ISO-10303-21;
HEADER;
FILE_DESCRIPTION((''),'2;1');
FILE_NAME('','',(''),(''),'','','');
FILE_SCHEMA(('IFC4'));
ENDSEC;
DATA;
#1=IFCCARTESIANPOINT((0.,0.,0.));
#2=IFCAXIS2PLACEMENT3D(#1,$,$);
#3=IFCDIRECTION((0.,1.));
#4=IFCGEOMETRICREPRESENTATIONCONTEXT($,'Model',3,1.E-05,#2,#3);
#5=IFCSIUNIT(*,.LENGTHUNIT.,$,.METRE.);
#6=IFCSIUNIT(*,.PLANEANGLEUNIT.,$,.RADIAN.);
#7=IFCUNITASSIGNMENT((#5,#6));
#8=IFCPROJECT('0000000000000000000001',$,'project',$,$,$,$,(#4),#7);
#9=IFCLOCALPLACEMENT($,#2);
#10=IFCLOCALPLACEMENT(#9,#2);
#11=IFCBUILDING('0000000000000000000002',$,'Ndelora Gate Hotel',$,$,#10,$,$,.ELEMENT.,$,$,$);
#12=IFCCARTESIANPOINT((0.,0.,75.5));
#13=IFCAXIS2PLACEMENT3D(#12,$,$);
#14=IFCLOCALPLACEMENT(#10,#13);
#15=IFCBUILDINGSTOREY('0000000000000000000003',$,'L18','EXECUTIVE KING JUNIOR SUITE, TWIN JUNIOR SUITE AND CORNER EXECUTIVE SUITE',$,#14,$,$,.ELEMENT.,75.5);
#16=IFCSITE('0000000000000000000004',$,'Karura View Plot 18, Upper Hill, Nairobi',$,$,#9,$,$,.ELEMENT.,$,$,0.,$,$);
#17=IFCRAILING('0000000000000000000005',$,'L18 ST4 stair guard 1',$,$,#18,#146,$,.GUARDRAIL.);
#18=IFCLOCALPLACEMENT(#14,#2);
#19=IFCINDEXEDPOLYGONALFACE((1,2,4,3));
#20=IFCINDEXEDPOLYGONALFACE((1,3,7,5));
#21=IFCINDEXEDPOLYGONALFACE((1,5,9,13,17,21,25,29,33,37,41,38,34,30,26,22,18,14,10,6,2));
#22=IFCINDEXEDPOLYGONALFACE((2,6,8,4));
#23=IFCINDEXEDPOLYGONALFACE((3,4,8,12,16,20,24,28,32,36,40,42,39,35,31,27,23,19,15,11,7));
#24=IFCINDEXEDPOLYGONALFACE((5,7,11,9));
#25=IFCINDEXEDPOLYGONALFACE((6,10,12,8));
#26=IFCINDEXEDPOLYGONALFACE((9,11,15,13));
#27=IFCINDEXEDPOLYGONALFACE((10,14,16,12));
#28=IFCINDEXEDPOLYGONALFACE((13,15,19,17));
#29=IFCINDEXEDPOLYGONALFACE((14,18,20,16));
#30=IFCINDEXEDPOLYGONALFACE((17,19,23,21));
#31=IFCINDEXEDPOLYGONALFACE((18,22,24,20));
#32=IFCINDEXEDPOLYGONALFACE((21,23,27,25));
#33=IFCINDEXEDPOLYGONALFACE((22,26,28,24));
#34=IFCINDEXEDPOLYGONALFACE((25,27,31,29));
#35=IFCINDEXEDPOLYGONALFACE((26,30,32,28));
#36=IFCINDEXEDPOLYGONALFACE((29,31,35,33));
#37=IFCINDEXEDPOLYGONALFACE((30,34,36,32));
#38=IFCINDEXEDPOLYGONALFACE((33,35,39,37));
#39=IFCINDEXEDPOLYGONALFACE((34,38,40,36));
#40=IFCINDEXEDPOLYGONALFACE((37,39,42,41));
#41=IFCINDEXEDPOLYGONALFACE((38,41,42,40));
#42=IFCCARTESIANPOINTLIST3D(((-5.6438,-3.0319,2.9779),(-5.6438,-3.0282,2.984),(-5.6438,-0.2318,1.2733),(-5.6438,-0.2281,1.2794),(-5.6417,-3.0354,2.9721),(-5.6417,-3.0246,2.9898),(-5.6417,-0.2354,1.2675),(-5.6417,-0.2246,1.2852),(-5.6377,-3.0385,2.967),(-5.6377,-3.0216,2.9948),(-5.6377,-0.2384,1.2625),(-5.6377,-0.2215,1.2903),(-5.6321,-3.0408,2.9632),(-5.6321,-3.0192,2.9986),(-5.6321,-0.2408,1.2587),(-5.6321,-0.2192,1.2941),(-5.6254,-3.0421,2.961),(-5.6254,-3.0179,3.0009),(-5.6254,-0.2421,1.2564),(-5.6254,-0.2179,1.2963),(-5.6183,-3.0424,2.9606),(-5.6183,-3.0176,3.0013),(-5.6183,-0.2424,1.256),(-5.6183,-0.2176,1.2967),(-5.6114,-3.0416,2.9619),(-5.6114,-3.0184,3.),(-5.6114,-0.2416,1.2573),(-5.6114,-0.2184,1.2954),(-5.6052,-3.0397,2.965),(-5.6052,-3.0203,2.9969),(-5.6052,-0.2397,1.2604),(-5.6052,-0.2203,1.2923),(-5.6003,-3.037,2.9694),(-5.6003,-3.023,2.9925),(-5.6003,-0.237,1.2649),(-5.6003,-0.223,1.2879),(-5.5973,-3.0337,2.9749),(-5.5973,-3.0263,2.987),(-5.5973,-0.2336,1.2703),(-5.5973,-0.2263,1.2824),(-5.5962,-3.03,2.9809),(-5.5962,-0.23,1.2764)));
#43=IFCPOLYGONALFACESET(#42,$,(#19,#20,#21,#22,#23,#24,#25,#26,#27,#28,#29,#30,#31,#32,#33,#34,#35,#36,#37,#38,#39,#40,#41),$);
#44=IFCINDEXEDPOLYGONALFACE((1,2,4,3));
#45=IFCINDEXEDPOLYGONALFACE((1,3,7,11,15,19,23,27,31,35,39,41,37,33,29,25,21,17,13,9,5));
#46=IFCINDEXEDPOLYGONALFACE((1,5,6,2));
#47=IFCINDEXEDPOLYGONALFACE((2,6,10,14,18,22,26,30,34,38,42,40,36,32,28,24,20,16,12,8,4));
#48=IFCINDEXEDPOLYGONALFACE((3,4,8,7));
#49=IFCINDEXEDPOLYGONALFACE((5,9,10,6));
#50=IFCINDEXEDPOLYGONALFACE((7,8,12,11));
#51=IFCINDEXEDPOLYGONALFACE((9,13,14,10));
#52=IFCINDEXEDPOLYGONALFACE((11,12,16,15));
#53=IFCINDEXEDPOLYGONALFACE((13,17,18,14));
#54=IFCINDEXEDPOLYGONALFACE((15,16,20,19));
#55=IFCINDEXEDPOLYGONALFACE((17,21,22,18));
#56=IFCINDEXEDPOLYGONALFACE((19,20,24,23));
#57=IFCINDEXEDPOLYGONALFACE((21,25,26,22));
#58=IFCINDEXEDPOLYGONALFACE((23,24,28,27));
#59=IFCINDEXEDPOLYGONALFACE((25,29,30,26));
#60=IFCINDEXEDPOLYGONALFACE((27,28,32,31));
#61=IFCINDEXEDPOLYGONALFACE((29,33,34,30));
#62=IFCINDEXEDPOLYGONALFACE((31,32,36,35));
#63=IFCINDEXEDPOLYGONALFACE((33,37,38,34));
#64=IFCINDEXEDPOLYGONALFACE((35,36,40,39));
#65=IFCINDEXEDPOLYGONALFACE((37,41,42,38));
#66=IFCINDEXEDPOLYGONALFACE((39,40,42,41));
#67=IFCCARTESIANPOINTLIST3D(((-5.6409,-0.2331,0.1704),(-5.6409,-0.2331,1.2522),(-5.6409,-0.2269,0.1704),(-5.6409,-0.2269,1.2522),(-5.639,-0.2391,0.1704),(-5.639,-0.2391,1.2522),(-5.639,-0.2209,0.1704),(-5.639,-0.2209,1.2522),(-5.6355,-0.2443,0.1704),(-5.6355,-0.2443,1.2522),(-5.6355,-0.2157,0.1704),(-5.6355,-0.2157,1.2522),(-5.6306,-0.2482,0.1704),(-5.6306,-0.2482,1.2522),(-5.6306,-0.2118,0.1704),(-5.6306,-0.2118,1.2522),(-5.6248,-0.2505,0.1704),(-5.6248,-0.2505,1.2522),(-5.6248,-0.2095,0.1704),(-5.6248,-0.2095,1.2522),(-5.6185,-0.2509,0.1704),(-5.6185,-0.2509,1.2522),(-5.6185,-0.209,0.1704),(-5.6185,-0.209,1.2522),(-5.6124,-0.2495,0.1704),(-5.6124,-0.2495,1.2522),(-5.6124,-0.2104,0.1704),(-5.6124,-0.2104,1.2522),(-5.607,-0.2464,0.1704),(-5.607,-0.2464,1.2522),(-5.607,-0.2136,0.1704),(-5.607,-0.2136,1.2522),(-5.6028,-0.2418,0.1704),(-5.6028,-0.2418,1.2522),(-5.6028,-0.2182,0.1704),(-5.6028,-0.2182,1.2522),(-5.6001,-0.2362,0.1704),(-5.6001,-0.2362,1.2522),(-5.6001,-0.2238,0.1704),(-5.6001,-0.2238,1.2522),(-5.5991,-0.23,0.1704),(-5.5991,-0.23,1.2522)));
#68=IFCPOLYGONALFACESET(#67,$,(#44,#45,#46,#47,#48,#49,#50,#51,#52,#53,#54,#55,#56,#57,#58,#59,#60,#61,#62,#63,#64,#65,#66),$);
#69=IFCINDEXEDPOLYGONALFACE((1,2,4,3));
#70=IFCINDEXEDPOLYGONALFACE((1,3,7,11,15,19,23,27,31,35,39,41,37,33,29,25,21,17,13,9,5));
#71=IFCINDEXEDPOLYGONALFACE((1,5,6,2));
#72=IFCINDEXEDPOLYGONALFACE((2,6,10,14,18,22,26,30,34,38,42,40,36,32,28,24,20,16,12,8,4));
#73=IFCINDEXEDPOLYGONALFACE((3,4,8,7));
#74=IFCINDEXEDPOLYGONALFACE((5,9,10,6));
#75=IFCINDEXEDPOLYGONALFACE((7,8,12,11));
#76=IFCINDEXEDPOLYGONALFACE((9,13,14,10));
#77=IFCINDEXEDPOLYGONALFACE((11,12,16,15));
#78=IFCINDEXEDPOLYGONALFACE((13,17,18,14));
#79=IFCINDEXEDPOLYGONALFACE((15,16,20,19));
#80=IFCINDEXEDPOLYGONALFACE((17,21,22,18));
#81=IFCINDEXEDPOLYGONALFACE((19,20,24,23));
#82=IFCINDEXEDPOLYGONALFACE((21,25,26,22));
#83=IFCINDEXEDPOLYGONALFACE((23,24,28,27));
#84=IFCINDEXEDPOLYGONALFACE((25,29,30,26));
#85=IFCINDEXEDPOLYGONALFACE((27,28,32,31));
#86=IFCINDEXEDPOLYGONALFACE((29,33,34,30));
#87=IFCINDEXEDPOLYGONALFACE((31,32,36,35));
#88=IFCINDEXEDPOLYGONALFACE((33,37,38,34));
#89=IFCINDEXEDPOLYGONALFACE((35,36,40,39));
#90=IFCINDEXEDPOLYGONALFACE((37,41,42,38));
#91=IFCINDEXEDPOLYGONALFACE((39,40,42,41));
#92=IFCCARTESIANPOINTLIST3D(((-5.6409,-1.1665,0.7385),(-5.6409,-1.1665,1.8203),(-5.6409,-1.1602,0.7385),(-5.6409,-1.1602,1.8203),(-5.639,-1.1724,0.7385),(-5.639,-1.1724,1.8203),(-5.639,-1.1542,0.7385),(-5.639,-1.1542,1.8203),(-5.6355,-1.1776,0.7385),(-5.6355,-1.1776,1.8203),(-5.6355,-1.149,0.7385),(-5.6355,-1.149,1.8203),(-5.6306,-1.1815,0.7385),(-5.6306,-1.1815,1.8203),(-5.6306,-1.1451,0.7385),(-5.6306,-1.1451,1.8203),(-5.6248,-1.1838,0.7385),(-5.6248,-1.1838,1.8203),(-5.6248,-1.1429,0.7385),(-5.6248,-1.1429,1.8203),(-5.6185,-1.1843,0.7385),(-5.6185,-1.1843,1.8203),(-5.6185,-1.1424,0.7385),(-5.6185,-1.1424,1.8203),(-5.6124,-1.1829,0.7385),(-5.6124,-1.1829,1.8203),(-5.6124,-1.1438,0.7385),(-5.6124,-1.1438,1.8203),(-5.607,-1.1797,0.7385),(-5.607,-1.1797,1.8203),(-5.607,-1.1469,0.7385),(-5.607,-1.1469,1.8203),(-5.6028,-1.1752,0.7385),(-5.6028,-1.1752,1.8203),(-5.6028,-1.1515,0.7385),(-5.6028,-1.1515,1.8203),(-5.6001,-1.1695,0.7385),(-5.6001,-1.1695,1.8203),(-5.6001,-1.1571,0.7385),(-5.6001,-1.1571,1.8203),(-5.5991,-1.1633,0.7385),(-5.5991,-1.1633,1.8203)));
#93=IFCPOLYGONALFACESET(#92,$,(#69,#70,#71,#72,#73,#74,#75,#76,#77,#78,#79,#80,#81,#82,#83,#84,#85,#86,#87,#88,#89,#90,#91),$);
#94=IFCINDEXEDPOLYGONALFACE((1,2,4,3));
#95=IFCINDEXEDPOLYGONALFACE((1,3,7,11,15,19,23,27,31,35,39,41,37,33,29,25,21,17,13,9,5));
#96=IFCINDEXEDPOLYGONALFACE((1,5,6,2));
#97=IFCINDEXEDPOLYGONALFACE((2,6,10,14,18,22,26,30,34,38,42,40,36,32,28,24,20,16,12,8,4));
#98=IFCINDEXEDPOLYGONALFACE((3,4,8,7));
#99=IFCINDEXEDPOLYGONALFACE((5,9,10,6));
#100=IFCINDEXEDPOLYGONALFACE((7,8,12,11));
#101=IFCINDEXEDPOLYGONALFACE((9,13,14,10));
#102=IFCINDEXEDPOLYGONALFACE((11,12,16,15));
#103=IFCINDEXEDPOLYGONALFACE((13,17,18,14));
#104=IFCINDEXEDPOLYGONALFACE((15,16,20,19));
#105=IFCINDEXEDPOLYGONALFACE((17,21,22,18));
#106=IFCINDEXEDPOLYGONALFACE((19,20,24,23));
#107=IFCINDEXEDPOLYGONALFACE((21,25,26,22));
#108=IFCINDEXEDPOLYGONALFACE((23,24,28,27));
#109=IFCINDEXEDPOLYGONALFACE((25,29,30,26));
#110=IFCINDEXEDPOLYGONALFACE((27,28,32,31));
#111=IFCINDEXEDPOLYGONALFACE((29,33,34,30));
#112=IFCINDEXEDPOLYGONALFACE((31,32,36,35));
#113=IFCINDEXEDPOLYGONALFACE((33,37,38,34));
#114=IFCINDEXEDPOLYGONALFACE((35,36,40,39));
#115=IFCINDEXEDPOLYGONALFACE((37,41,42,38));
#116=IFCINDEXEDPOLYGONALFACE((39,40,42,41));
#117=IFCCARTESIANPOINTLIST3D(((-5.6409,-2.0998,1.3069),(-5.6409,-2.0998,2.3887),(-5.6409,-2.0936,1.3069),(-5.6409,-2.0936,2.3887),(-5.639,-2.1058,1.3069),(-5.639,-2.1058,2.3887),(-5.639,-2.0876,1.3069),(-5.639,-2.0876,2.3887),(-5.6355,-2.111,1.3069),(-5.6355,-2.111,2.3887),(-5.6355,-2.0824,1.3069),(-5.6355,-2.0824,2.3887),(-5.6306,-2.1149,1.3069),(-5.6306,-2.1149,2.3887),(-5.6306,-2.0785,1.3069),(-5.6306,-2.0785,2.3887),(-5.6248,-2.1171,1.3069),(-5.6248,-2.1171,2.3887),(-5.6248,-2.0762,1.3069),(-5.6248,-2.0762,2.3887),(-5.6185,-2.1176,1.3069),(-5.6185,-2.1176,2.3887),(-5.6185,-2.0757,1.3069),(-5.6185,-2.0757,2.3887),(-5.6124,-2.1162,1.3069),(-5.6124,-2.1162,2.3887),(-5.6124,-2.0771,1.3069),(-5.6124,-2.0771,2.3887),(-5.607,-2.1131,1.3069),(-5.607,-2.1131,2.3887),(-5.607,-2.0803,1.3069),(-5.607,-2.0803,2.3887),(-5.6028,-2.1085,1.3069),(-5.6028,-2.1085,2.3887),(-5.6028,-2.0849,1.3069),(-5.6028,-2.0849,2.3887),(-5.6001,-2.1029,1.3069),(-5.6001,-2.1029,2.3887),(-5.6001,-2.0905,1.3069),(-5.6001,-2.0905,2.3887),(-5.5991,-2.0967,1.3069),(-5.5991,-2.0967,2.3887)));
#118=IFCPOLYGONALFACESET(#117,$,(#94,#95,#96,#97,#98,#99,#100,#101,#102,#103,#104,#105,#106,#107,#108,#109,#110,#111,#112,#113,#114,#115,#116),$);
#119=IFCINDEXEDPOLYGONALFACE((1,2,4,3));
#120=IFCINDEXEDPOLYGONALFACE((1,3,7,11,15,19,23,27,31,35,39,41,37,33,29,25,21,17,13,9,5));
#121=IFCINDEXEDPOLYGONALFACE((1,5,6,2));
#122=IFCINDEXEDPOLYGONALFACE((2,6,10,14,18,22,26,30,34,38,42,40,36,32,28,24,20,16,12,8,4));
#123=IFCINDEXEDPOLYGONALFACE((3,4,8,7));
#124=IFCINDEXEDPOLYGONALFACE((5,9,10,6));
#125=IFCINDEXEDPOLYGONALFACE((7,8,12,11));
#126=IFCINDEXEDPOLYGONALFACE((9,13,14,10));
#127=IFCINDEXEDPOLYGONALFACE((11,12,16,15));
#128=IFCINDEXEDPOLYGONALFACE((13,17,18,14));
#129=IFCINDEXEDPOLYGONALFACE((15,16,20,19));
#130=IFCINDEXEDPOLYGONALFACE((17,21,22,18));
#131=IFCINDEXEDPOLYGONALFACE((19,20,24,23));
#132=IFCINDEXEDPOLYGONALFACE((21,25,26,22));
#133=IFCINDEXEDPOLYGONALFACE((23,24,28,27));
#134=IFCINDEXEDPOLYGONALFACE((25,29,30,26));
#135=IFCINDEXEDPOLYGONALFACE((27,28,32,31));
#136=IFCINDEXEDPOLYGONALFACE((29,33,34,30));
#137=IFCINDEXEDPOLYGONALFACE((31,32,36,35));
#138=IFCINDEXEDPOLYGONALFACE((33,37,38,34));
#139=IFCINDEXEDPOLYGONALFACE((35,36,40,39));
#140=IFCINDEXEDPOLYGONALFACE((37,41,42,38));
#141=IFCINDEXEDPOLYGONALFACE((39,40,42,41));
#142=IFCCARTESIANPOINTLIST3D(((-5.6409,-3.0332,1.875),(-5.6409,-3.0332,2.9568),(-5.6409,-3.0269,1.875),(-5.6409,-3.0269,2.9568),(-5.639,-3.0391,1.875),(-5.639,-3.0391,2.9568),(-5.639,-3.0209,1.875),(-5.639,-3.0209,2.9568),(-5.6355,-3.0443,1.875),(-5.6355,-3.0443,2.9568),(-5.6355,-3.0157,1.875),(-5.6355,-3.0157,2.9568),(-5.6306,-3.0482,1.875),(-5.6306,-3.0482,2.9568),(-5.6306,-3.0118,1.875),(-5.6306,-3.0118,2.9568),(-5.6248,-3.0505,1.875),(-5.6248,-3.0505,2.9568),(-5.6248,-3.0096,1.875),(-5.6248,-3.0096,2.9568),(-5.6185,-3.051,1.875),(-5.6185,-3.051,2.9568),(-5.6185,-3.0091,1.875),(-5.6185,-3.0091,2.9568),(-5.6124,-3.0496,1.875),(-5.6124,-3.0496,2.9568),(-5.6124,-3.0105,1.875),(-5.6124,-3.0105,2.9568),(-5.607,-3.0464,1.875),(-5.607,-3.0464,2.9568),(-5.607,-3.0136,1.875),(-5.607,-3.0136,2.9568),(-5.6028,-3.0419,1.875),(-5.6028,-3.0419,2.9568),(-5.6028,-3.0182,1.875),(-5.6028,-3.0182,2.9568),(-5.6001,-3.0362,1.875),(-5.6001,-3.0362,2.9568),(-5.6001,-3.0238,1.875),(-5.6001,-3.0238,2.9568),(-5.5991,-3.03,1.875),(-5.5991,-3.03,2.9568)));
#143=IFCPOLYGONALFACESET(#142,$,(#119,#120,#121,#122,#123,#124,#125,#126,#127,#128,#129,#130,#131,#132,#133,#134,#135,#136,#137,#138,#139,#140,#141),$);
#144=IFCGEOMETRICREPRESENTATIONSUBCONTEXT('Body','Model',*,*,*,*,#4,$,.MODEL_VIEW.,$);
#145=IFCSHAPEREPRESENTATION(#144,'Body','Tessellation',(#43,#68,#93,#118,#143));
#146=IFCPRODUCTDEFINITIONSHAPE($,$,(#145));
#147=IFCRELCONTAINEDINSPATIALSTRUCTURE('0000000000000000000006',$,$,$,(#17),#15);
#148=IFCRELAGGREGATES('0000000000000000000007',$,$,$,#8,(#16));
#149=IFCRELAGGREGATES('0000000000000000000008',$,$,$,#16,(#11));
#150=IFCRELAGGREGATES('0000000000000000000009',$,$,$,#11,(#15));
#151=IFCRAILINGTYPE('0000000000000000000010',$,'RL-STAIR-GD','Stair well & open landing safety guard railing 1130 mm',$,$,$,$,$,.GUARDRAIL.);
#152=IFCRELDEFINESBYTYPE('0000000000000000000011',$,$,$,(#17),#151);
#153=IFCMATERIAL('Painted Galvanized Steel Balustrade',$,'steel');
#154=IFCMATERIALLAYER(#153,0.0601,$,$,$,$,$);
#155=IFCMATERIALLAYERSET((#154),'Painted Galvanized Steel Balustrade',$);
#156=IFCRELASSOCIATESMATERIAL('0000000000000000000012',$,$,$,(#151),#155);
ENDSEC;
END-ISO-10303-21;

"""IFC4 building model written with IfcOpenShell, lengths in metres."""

from ifc_helpers import new_model, si_unit, direction, frame, origin, origin_2d, place, context, subcontext, project, spatial, circle, extrude, material, layer, layer_set, type_object, element, save


model = new_model("IFC4")

# Units and contexts
model_context = context("Model", 3, precision=1e-05, world=origin(), true_north=direction((0.0, 1.0)))
body_context = subcontext(model_context, "Body", "Model", "MODEL_VIEW")
ifc_project = project(units=[si_unit("LENGTHUNIT", "METRE"), si_unit("PLANEANGLEUNIT", "RADIAN")], contexts=[model_context])

# Site, building, storey
site_placement = place(None, origin())
site = spatial("IfcSite", under=ifc_project, at=site_placement, Name="Karura View Plot 18, Upper Hill, Nairobi", CompositionType="ELEMENT", RefElevation=0.0)
building_placement = place(site_placement, origin())
building = spatial("IfcBuilding", under=site, at=building_placement, Name="Ndelora Gate Hotel", CompositionType="ELEMENT")
storey_placement = place(building_placement, frame((0.0, 0.0, 75.5)))
storey = spatial("IfcBuildingStorey", under=building, at=storey_placement, Name="L18", Description="EXECUTIVE KING JUNIOR SUITE, TWIN JUNIOR SUITE AND CORNER EXECUTIVE SUITE", CompositionType="ELEMENT", Elevation=75.5)

# Railing
ifc_material_1 = material(Name="Painted Galvanized Steel Balustrade", Category="steel")
ifc_layer_1 = layer(ifc_material_1, 0.0601)
ifc_layer_set_1 = layer_set([ifc_layer_1], Name="Painted Galvanized Steel Balustrade")
railing_type_1 = type_object("IfcRailingType", Name="RL-STAIR-GD", Description="Stair well & open landing safety guard railing 1130 mm", PredefinedType="GUARDRAIL", material=ifc_layer_set_1)
railing_1_placement = place(storey_placement, frame((-5.6201, -0.23, 0.1704)))
element("IfcRailing", 1, at=railing_1_placement, inside=storey, type_object=railing_type_1, Name="L18 ST4 stair guard 1", PredefinedType="GUARDRAIL", context=body_context, shape_type="SweptSolid", body=[
    extrude(circle(Radius=0.0239, at=origin_2d()), frame((0.0, 0.0, 1.106), z_axis=(0.0, -0.85417, 0.519994), x_axis=(1.0, 0.0, 0.0)), (0.0, 0.0, 1.0), 3.2781),
    extrude(circle(Radius=0.021, at=origin_2d()), origin(), (0.0, 0.0, 1.0), 1.0818),
    extrude(circle(Radius=0.021, at=origin_2d()), frame((0.0, -0.9333, 0.5681)), (0.0, 0.0, 1.0), 1.0818),
    extrude(circle(Radius=0.021, at=origin_2d()), frame((0.0, -1.8667, 1.1365)), (0.0, 0.0, 1.0), 1.0818),
    extrude(circle(Radius=0.021, at=origin_2d()), frame((0.0, -2.8, 1.7046)), (0.0, 0.0, 1.0), 1.0818),
])

save(model, "model.ifc")
